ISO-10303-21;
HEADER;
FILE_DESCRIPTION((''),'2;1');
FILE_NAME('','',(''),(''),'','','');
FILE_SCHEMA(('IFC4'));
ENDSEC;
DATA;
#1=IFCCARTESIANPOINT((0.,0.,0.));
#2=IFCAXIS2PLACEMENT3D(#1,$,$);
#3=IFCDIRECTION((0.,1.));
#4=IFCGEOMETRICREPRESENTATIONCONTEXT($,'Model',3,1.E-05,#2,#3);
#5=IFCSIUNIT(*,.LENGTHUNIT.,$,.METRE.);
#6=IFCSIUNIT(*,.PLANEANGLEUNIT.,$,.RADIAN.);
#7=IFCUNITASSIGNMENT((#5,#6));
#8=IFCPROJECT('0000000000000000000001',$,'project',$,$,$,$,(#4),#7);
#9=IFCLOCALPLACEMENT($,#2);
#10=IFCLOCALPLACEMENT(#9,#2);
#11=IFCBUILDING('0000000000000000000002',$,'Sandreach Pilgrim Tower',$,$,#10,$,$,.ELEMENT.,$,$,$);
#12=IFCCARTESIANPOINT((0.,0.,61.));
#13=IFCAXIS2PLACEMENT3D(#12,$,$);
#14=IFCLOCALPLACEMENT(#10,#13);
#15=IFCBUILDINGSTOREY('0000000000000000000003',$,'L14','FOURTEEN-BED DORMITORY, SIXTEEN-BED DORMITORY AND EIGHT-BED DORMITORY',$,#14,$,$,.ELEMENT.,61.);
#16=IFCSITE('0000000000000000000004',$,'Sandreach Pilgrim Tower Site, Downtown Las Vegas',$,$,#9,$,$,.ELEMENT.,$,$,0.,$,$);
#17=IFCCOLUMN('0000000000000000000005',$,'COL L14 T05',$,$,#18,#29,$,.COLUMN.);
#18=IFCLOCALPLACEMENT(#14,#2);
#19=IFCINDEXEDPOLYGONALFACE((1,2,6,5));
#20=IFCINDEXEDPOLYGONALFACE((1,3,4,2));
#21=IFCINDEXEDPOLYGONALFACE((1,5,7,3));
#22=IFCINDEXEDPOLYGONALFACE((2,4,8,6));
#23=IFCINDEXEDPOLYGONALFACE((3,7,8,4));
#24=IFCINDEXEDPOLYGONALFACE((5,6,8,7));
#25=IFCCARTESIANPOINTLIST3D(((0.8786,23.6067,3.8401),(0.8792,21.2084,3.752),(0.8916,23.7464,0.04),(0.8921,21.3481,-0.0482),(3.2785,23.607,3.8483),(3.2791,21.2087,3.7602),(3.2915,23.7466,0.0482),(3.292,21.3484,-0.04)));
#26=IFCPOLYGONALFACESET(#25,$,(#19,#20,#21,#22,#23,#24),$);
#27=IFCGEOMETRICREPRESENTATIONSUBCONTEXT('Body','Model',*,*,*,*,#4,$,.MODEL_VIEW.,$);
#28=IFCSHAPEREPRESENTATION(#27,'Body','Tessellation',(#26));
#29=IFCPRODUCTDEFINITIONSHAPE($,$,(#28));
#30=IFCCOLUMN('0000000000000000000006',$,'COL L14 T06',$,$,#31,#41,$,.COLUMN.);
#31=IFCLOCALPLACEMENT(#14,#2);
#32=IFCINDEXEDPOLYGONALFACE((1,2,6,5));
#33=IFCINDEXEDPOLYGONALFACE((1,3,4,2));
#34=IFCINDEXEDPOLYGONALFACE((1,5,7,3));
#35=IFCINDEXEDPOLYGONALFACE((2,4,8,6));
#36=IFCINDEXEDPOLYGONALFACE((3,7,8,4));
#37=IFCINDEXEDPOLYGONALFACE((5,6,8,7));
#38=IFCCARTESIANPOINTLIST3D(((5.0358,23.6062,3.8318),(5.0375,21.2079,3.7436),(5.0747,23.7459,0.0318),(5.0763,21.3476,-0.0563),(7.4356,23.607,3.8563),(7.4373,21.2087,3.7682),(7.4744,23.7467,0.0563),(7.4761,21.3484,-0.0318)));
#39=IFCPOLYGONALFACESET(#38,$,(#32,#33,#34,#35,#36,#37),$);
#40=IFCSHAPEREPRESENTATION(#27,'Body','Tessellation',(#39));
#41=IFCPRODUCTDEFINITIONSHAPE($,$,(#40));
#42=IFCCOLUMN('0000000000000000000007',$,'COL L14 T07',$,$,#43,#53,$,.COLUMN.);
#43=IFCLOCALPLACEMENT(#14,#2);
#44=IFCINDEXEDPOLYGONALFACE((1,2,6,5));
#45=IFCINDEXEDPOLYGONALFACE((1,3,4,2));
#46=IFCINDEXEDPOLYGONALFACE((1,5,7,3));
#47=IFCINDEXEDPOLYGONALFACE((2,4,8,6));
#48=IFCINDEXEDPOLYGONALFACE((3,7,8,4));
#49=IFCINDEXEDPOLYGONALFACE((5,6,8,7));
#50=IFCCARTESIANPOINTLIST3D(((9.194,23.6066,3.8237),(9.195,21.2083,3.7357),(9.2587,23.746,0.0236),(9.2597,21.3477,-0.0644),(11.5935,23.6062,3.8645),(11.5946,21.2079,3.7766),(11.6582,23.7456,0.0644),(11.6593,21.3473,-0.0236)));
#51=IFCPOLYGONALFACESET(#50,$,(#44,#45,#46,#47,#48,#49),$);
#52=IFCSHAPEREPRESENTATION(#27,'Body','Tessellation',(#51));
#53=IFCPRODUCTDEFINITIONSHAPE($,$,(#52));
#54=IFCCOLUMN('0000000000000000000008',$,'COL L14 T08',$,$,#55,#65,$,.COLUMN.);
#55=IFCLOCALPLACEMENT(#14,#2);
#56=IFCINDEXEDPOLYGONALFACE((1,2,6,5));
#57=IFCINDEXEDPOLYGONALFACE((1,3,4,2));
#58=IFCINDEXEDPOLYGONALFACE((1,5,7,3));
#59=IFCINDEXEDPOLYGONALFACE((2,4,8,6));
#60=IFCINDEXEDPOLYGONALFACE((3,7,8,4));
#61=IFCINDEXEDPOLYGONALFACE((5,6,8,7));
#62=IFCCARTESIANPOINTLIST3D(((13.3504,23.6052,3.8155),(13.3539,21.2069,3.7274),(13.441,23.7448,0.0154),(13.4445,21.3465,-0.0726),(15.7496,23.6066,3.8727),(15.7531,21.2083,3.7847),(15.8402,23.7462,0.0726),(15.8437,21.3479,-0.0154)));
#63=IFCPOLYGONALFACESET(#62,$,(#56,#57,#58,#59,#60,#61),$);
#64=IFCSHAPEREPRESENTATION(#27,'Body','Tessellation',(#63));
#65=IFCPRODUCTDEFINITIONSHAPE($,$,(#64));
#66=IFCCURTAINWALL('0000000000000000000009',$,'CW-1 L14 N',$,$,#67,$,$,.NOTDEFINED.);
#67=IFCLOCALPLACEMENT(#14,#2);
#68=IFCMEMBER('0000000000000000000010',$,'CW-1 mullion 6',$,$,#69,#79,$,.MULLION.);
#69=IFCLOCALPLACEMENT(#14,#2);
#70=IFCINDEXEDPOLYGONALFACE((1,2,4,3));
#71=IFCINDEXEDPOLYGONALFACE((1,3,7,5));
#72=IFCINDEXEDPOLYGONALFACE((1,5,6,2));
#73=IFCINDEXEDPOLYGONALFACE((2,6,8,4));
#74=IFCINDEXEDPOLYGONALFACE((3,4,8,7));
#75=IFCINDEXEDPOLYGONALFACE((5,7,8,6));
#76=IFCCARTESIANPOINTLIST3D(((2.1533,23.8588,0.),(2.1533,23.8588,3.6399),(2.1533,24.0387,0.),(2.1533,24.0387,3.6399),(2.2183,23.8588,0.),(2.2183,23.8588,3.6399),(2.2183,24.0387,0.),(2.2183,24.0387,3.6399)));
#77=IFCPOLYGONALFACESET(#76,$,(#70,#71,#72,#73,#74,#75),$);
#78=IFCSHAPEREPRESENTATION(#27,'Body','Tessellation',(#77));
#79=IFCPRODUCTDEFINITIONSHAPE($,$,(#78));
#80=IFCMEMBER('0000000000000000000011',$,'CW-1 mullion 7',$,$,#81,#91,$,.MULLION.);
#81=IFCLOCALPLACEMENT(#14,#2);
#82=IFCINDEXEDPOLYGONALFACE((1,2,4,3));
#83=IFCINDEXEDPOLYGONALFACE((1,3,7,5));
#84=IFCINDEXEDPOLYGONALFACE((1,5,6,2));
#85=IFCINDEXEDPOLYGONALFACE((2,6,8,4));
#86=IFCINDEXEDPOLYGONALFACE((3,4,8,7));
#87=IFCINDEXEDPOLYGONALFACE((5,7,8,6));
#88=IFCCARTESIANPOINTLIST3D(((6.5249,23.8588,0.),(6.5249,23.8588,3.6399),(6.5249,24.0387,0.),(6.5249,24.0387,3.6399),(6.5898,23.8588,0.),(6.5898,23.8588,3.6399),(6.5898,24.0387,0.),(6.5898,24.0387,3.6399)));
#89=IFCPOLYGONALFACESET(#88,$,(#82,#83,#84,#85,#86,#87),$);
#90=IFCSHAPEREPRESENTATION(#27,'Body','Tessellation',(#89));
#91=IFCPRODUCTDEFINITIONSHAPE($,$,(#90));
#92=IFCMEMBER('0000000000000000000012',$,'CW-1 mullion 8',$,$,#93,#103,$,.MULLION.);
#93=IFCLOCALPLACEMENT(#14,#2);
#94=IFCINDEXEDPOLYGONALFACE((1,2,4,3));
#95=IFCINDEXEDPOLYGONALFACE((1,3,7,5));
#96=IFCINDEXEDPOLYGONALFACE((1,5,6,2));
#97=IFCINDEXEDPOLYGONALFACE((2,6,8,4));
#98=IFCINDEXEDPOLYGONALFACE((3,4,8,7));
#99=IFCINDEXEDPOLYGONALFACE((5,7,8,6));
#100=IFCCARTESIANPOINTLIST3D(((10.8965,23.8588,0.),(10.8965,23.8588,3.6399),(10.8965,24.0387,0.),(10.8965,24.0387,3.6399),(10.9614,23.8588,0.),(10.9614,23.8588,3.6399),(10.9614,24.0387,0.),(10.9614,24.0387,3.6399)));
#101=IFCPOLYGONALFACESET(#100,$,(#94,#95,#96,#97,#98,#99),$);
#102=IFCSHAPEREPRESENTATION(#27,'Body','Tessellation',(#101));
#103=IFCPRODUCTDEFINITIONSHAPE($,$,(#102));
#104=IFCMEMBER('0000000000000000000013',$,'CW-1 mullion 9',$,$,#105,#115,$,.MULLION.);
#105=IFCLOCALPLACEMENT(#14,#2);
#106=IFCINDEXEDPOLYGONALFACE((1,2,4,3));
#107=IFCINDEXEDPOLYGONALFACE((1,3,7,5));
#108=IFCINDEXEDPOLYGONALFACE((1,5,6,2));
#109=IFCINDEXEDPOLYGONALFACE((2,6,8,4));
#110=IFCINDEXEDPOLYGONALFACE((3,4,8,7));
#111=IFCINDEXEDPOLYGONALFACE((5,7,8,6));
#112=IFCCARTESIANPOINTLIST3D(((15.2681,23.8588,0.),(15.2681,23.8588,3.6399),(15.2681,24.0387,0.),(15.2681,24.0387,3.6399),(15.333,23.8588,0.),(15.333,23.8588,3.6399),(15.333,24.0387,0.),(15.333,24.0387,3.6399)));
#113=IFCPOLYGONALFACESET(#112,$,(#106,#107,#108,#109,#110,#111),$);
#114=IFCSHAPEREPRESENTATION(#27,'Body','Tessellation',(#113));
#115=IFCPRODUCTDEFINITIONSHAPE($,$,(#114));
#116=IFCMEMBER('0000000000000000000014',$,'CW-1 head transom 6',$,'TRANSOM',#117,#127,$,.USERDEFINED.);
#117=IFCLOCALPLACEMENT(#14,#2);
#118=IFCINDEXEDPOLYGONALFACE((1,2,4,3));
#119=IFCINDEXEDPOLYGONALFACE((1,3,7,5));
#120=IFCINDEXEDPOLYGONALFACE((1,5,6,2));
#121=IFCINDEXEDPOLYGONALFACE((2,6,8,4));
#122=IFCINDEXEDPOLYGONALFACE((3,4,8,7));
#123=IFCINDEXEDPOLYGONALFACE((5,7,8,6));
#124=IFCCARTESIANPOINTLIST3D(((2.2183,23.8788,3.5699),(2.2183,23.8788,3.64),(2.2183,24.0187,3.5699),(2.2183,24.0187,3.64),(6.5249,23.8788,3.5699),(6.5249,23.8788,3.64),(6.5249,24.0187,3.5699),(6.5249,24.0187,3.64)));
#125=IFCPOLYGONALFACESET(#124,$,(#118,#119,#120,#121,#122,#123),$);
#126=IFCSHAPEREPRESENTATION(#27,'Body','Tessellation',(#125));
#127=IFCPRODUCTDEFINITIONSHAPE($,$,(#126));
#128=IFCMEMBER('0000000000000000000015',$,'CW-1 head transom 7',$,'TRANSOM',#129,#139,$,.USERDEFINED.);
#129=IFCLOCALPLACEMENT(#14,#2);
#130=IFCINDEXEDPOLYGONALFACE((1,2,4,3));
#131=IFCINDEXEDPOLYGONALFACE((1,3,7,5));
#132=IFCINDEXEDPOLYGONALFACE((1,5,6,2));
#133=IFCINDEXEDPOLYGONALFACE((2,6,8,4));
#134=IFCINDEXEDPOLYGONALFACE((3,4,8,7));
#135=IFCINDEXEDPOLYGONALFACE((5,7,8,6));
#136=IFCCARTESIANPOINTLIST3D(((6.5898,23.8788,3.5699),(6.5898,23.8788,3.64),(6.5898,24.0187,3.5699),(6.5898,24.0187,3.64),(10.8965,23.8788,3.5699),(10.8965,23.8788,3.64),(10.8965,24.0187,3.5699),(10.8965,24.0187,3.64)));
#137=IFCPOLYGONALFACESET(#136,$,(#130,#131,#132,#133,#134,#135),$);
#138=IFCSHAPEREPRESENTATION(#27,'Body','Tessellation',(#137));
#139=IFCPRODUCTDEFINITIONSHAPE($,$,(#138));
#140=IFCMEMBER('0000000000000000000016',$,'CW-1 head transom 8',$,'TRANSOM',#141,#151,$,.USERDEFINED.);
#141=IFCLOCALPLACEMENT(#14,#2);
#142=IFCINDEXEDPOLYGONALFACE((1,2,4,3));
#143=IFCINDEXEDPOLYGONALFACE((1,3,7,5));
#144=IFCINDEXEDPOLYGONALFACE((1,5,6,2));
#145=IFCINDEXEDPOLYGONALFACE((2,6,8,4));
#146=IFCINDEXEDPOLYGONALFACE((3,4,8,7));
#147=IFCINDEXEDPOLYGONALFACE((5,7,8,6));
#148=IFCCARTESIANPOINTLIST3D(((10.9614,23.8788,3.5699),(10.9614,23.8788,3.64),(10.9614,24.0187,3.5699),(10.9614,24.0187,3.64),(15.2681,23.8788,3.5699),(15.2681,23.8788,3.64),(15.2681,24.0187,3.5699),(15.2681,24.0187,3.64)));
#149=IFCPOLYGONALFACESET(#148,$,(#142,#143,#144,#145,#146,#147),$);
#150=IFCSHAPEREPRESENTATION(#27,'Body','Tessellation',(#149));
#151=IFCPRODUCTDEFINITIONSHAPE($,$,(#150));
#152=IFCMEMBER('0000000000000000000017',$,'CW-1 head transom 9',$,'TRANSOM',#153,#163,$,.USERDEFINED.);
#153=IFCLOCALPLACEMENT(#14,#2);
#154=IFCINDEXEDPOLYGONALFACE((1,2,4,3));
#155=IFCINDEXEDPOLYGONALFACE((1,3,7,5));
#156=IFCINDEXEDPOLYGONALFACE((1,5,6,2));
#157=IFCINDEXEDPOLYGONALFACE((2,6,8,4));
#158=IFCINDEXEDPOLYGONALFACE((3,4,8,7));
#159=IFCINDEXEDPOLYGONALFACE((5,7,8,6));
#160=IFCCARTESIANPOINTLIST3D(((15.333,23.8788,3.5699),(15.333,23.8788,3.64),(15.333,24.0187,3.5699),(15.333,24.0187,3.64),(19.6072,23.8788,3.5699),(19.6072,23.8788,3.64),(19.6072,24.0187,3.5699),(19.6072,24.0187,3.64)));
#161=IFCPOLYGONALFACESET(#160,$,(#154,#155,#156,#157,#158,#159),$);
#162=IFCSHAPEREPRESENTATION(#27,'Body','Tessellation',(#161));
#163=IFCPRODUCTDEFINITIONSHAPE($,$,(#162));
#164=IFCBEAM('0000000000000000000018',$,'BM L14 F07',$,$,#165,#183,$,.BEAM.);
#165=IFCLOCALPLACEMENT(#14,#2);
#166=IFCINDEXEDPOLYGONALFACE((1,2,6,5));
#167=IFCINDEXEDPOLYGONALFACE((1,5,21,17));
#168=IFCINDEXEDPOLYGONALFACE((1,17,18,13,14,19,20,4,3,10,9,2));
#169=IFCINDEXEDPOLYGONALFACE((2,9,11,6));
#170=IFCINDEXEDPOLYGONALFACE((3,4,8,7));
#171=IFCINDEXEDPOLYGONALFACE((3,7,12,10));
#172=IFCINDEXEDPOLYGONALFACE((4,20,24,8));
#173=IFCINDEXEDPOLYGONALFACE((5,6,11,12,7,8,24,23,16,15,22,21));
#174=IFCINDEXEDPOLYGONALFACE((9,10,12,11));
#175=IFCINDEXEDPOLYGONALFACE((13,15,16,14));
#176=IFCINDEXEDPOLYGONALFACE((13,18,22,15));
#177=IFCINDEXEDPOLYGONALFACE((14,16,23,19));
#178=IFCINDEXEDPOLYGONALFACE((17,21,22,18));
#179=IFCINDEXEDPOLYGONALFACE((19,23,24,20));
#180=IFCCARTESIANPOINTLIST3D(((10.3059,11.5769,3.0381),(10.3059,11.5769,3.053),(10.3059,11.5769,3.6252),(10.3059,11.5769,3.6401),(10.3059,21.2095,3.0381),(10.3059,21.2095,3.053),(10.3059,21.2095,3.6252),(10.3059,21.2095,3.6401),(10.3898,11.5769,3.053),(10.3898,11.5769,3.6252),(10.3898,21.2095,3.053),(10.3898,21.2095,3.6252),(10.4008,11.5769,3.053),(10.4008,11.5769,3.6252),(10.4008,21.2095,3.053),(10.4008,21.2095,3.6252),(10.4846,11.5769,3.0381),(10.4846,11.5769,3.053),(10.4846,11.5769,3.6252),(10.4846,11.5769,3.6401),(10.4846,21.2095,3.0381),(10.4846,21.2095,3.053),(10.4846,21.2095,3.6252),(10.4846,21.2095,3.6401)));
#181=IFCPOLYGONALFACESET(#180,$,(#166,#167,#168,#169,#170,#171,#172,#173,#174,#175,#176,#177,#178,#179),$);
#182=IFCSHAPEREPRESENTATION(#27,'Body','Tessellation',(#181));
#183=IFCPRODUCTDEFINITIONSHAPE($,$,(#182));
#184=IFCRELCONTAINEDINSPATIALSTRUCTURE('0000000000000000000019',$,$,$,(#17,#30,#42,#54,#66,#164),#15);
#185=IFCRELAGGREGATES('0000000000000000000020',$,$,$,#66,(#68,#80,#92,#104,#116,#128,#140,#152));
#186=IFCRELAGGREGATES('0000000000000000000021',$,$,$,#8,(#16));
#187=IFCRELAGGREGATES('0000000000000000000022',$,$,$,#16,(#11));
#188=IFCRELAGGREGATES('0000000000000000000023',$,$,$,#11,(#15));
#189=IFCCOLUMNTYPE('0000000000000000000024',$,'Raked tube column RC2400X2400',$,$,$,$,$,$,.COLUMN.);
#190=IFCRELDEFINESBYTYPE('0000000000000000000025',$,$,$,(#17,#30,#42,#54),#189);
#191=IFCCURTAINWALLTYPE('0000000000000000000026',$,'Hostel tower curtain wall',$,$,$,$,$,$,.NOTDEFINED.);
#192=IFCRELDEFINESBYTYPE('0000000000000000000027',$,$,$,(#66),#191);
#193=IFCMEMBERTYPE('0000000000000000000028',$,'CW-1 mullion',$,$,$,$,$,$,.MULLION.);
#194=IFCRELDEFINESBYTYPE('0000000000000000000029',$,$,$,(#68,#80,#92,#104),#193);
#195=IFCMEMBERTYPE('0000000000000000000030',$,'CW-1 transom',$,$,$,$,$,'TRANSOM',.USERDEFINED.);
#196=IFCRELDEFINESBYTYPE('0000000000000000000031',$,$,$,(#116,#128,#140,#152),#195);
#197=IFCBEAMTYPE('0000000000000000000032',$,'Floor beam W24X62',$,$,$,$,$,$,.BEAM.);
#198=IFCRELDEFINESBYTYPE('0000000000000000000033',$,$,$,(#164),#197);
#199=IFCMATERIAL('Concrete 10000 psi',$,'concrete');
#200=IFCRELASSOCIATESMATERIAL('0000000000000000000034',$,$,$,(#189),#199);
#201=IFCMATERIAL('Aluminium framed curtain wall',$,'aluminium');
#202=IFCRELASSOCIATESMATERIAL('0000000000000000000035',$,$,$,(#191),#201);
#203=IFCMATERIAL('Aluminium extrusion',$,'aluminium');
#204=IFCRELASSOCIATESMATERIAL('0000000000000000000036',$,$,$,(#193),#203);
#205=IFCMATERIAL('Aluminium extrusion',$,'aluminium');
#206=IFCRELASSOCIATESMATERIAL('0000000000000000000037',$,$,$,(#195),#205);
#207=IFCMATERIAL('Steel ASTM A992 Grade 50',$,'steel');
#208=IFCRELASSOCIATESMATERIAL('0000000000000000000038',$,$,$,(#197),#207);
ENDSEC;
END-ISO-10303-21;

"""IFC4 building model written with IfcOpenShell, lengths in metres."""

from ifc_helpers import new_model, si_unit, direction, frame, origin, origin_2d, place, context, subcontext, project, spatial, rectangle, i_section, extrude, material, material_profile, profile_set, type_object, element, aggregate, save


model = new_model("IFC4")

# Units and contexts
model_context = context("Model", 3, precision=1e-05, world=origin(), true_north=direction((0.0, 1.0)))
body_context = subcontext(model_context, "Body", "Model", "MODEL_VIEW")
ifc_project = project(units=[si_unit("LENGTHUNIT", "METRE"), si_unit("PLANEANGLEUNIT", "RADIAN")], contexts=[model_context])

# Site, building, storey
site_placement = place(None, origin())
site = spatial("IfcSite", under=ifc_project, at=site_placement, Name="Sandreach Pilgrim Tower Site, Downtown Las Vegas", CompositionType="ELEMENT", RefElevation=0.0)
building_placement = place(site_placement, origin())
building = spatial("IfcBuilding", under=site, at=building_placement, Name="Sandreach Pilgrim Tower", CompositionType="ELEMENT")
storey_placement = place(building_placement, frame((0.0, 0.0, 61.0)))
storey = spatial("IfcBuildingStorey", under=building, at=storey_placement, Name="L14", Description="FOURTEEN-BED DORMITORY, SIXTEEN-BED DORMITORY AND EIGHT-BED DORMITORY", CompositionType="ELEMENT", Elevation=61.0)

# Columns
ifc_material_1 = material(Name="Concrete 10000 psi", Category="concrete")
ifc_material_profile_1 = material_profile(ifc_material_1, rectangle(XDim=2.3999, YDim=2.3999, at=origin_2d()), Name="RC2400X2400")
ifc_profile_set_1 = profile_set([ifc_material_profile_1], Name="Concrete 10000 psi")
column_type = type_object("IfcColumnType", Name="Raked tube column RC2400X2400", PredefinedType="COLUMN", material=ifc_profile_set_1)
for number, where, z_axis, x_axis, name in (
    (1, (2.0918, 22.5474, 0.0), (-0.003403, -0.036724, 0.99932), (-0.000242, 0.999325, 0.036724), "COL L14 T05"),
    (2, (6.2754, 22.5471, 0.0), (-0.010208, -0.036722, 0.999273), (-0.000705, 0.999325, 0.036717), "COL L14 T06"),
):
    element("IfcColumn", number, at=place(storey_placement, frame(where, z_axis=z_axis, x_axis=x_axis)), inside=storey, type_object=column_type, Name=name, PredefinedType="COLUMN", context=body_context, shape_type="SweptSolid", body=[
        extrude(rectangle(XDim=2.3999, YDim=2.3999, at=origin_2d()), origin(), (0.0, 0.0, 1.0), 3.8027),
    ])
column_1_placement = place(storey_placement, frame((10.459, 22.5466, 0.0), z_axis=(-0.017011, -0.036655, 0.999183), x_axis=(-0.000444, 0.999328, 0.036653)))
element("IfcColumn", 3, at=column_1_placement, inside=storey, type_object=column_type, Name="COL L14 T07", PredefinedType="COLUMN", context=body_context, shape_type="SweptSolid", body=[
    extrude(rectangle(XDim=2.3999, YDim=2.3999, at=origin_2d()), origin(), (0.0, 0.0, 1.0), 3.8032),
])
column_2_placement = place(storey_placement, frame((14.6423, 22.5464, 0.0), z_axis=(-0.023813, -0.036714, 0.999042), x_axis=(-0.001458, 0.999326, 0.03669)))
element("IfcColumn", 4, at=column_2_placement, inside=storey, type_object=column_type, Name="COL L14 T08", PredefinedType="COLUMN", context=body_context, shape_type="SweptSolid", body=[
    extrude(rectangle(XDim=2.3999, YDim=2.3999, at=origin_2d()), origin(), (0.0, 0.0, 1.0), 3.8037),
])

# Curtain wall, members
ifc_material_2 = material(Name="Aluminium framed curtain wall", Category="aluminium")
curtain_wall_type = type_object("IfcCurtainWallType", Name="Hostel tower curtain wall", PredefinedType="NOTDEFINED", material=ifc_material_2)
curtain_wall_placement = place(storey_placement, origin())
curtain_wall = element("IfcCurtainWall", 5, at=curtain_wall_placement, inside=storey, type_object=curtain_wall_type, Name="CW-1 L14 N", PredefinedType="NOTDEFINED")
ifc_material_3 = material(Name="Aluminium extrusion", Category="aluminium")
ifc_material_profile_2 = material_profile(ifc_material_3, rectangle(XDim=0.0649, YDim=0.1799, at=origin_2d()), Name="CW-1M 65X180")
ifc_profile_set_2 = profile_set([ifc_material_profile_2], Name="Aluminium extrusion")
member_type_1 = type_object("IfcMemberType", Name="CW-1 mullion", PredefinedType="MULLION", material=ifc_profile_set_2)
member_1_placement = place(storey_placement, frame((2.1858, 23.9487, 0.0), z_axis=(0.0, 0.0, 1.0), x_axis=(1.0, 0.0, 0.0)))
member_1 = element("IfcMember", 6, at=member_1_placement, type_object=member_type_1, Name="CW-1 mullion 6", PredefinedType="MULLION", context=body_context, shape_type="SweptSolid", body=[
    extrude(rectangle(XDim=0.0649, YDim=0.1799, at=origin_2d()), origin(), (0.0, 0.0, 1.0), 3.6399),
])
member_2_placement = place(storey_placement, frame((6.5574, 23.9487, 0.0), z_axis=(0.0, 0.0, 1.0), x_axis=(1.0, 0.0, 0.0)))
member_2 = element("IfcMember", 7, at=member_2_placement, type_object=member_type_1, Name="CW-1 mullion 7", PredefinedType="MULLION", context=body_context, shape_type="SweptSolid", body=[
    extrude(rectangle(XDim=0.0649, YDim=0.1799, at=origin_2d()), origin(), (0.0, 0.0, 1.0), 3.6399),
])
member_3_placement = place(storey_placement, frame((10.929, 23.9487, 0.0), z_axis=(0.0, 0.0, 1.0), x_axis=(1.0, 0.0, 0.0)))
member_3 = element("IfcMember", 8, at=member_3_placement, type_object=member_type_1, Name="CW-1 mullion 8", PredefinedType="MULLION", context=body_context, shape_type="SweptSolid", body=[
    extrude(rectangle(XDim=0.0649, YDim=0.1799, at=origin_2d()), origin(), (0.0, 0.0, 1.0), 3.6399),
])
member_4_placement = place(storey_placement, frame((15.3005, 23.9487, 0.0), z_axis=(0.0, 0.0, 1.0), x_axis=(1.0, 0.0, 0.0)))
member_4 = element("IfcMember", 9, at=member_4_placement, type_object=member_type_1, Name="CW-1 mullion 9", PredefinedType="MULLION", context=body_context, shape_type="SweptSolid", body=[
    extrude(rectangle(XDim=0.0649, YDim=0.1799, at=origin_2d()), origin(), (0.0, 0.0, 1.0), 3.6399),
])
ifc_material_4 = material(Name="Aluminium extrusion", Category="aluminium")
ifc_material_profile_3 = material_profile(ifc_material_4, rectangle(XDim=0.1399, YDim=0.0701, at=origin_2d()), Name="CW-1T 140X70")
ifc_profile_set_3 = profile_set([ifc_material_profile_3], Name="Aluminium extrusion")
member_type_2 = type_object("IfcMemberType", Name="CW-1 transom", ElementType="TRANSOM", PredefinedType="USERDEFINED", material=ifc_profile_set_3)
member_5_placement = place(storey_placement, frame((2.2183, 23.9487, 3.605), z_axis=(1.0, 0.0, 0.0), x_axis=(0.0, 1.0, 0.0)))
member_5 = element("IfcMember", 10, at=member_5_placement, type_object=member_type_2, Name="CW-1 head transom 6", ObjectType="TRANSOM", PredefinedType="USERDEFINED", context=body_context, shape_type="SweptSolid", body=[
    extrude(rectangle(XDim=0.1399, YDim=0.0701, at=origin_2d()), origin(), (0.0, 0.0, 1.0), 4.3066),
])
member_6_placement = place(storey_placement, frame((6.5898, 23.9487, 3.605), z_axis=(1.0, 0.0, 0.0), x_axis=(0.0, 1.0, 0.0)))
member_6 = element("IfcMember", 11, at=member_6_placement, type_object=member_type_2, Name="CW-1 head transom 7", ObjectType="TRANSOM", PredefinedType="USERDEFINED", context=body_context, shape_type="SweptSolid", body=[
    extrude(rectangle(XDim=0.1399, YDim=0.0701, at=origin_2d()), origin(), (0.0, 0.0, 1.0), 4.3066),
])
member_7_placement = place(storey_placement, frame((10.9614, 23.9487, 3.605), z_axis=(1.0, 0.0, 0.0), x_axis=(0.0, 1.0, 0.0)))
member_7 = element("IfcMember", 12, at=member_7_placement, type_object=member_type_2, Name="CW-1 head transom 8", ObjectType="TRANSOM", PredefinedType="USERDEFINED", context=body_context, shape_type="SweptSolid", body=[
    extrude(rectangle(XDim=0.1399, YDim=0.0701, at=origin_2d()), origin(), (0.0, 0.0, 1.0), 4.3066),
])
member_8_placement = place(storey_placement, frame((15.333, 23.9487, 3.605), z_axis=(1.0, 0.0, 0.0), x_axis=(0.0, 1.0, 0.0)))
member_8 = element("IfcMember", 13, at=member_8_placement, type_object=member_type_2, Name="CW-1 head transom 9", ObjectType="TRANSOM", PredefinedType="USERDEFINED", context=body_context, shape_type="SweptSolid", body=[
    extrude(rectangle(XDim=0.1399, YDim=0.0701, at=origin_2d()), origin(), (0.0, 0.0, 1.0), 4.2742),
])

# Beam
ifc_material_5 = material(Name="Steel ASTM A992 Grade 50", Category="steel")
ifc_material_profile_4 = material_profile(ifc_material_5, i_section(OverallWidth=0.1787, OverallDepth=0.6021, WebThickness=0.011, FlangeThickness=0.0149, at=origin_2d()), Name="W24X62")
ifc_profile_set_4 = profile_set([ifc_material_profile_4], Name="Steel ASTM A992 Grade 50")
beam_type_1 = type_object("IfcBeamType", Name="Floor beam W24X62", PredefinedType="BEAM", material=ifc_profile_set_4)
beam_1_placement = place(storey_placement, frame((10.3953, 21.2095, 3.3391), z_axis=(0.0, -1.0, 0.0), x_axis=(1.0, 0.0, 0.0)))
element("IfcBeam", 14, at=beam_1_placement, inside=storey, type_object=beam_type_1, Name="BM L14 F07", PredefinedType="BEAM", context=body_context, shape_type="SweptSolid", body=[
    extrude(i_section(OverallWidth=0.1787, OverallDepth=0.6021, WebThickness=0.011, FlangeThickness=0.0149, at=origin_2d()), origin(), (0.0, 0.0, 1.0), 9.6326),
])

aggregate(curtain_wall, [member_1, member_2, member_3, member_4, member_5, member_6, member_7, member_8])

save(model, "model.ifc")
